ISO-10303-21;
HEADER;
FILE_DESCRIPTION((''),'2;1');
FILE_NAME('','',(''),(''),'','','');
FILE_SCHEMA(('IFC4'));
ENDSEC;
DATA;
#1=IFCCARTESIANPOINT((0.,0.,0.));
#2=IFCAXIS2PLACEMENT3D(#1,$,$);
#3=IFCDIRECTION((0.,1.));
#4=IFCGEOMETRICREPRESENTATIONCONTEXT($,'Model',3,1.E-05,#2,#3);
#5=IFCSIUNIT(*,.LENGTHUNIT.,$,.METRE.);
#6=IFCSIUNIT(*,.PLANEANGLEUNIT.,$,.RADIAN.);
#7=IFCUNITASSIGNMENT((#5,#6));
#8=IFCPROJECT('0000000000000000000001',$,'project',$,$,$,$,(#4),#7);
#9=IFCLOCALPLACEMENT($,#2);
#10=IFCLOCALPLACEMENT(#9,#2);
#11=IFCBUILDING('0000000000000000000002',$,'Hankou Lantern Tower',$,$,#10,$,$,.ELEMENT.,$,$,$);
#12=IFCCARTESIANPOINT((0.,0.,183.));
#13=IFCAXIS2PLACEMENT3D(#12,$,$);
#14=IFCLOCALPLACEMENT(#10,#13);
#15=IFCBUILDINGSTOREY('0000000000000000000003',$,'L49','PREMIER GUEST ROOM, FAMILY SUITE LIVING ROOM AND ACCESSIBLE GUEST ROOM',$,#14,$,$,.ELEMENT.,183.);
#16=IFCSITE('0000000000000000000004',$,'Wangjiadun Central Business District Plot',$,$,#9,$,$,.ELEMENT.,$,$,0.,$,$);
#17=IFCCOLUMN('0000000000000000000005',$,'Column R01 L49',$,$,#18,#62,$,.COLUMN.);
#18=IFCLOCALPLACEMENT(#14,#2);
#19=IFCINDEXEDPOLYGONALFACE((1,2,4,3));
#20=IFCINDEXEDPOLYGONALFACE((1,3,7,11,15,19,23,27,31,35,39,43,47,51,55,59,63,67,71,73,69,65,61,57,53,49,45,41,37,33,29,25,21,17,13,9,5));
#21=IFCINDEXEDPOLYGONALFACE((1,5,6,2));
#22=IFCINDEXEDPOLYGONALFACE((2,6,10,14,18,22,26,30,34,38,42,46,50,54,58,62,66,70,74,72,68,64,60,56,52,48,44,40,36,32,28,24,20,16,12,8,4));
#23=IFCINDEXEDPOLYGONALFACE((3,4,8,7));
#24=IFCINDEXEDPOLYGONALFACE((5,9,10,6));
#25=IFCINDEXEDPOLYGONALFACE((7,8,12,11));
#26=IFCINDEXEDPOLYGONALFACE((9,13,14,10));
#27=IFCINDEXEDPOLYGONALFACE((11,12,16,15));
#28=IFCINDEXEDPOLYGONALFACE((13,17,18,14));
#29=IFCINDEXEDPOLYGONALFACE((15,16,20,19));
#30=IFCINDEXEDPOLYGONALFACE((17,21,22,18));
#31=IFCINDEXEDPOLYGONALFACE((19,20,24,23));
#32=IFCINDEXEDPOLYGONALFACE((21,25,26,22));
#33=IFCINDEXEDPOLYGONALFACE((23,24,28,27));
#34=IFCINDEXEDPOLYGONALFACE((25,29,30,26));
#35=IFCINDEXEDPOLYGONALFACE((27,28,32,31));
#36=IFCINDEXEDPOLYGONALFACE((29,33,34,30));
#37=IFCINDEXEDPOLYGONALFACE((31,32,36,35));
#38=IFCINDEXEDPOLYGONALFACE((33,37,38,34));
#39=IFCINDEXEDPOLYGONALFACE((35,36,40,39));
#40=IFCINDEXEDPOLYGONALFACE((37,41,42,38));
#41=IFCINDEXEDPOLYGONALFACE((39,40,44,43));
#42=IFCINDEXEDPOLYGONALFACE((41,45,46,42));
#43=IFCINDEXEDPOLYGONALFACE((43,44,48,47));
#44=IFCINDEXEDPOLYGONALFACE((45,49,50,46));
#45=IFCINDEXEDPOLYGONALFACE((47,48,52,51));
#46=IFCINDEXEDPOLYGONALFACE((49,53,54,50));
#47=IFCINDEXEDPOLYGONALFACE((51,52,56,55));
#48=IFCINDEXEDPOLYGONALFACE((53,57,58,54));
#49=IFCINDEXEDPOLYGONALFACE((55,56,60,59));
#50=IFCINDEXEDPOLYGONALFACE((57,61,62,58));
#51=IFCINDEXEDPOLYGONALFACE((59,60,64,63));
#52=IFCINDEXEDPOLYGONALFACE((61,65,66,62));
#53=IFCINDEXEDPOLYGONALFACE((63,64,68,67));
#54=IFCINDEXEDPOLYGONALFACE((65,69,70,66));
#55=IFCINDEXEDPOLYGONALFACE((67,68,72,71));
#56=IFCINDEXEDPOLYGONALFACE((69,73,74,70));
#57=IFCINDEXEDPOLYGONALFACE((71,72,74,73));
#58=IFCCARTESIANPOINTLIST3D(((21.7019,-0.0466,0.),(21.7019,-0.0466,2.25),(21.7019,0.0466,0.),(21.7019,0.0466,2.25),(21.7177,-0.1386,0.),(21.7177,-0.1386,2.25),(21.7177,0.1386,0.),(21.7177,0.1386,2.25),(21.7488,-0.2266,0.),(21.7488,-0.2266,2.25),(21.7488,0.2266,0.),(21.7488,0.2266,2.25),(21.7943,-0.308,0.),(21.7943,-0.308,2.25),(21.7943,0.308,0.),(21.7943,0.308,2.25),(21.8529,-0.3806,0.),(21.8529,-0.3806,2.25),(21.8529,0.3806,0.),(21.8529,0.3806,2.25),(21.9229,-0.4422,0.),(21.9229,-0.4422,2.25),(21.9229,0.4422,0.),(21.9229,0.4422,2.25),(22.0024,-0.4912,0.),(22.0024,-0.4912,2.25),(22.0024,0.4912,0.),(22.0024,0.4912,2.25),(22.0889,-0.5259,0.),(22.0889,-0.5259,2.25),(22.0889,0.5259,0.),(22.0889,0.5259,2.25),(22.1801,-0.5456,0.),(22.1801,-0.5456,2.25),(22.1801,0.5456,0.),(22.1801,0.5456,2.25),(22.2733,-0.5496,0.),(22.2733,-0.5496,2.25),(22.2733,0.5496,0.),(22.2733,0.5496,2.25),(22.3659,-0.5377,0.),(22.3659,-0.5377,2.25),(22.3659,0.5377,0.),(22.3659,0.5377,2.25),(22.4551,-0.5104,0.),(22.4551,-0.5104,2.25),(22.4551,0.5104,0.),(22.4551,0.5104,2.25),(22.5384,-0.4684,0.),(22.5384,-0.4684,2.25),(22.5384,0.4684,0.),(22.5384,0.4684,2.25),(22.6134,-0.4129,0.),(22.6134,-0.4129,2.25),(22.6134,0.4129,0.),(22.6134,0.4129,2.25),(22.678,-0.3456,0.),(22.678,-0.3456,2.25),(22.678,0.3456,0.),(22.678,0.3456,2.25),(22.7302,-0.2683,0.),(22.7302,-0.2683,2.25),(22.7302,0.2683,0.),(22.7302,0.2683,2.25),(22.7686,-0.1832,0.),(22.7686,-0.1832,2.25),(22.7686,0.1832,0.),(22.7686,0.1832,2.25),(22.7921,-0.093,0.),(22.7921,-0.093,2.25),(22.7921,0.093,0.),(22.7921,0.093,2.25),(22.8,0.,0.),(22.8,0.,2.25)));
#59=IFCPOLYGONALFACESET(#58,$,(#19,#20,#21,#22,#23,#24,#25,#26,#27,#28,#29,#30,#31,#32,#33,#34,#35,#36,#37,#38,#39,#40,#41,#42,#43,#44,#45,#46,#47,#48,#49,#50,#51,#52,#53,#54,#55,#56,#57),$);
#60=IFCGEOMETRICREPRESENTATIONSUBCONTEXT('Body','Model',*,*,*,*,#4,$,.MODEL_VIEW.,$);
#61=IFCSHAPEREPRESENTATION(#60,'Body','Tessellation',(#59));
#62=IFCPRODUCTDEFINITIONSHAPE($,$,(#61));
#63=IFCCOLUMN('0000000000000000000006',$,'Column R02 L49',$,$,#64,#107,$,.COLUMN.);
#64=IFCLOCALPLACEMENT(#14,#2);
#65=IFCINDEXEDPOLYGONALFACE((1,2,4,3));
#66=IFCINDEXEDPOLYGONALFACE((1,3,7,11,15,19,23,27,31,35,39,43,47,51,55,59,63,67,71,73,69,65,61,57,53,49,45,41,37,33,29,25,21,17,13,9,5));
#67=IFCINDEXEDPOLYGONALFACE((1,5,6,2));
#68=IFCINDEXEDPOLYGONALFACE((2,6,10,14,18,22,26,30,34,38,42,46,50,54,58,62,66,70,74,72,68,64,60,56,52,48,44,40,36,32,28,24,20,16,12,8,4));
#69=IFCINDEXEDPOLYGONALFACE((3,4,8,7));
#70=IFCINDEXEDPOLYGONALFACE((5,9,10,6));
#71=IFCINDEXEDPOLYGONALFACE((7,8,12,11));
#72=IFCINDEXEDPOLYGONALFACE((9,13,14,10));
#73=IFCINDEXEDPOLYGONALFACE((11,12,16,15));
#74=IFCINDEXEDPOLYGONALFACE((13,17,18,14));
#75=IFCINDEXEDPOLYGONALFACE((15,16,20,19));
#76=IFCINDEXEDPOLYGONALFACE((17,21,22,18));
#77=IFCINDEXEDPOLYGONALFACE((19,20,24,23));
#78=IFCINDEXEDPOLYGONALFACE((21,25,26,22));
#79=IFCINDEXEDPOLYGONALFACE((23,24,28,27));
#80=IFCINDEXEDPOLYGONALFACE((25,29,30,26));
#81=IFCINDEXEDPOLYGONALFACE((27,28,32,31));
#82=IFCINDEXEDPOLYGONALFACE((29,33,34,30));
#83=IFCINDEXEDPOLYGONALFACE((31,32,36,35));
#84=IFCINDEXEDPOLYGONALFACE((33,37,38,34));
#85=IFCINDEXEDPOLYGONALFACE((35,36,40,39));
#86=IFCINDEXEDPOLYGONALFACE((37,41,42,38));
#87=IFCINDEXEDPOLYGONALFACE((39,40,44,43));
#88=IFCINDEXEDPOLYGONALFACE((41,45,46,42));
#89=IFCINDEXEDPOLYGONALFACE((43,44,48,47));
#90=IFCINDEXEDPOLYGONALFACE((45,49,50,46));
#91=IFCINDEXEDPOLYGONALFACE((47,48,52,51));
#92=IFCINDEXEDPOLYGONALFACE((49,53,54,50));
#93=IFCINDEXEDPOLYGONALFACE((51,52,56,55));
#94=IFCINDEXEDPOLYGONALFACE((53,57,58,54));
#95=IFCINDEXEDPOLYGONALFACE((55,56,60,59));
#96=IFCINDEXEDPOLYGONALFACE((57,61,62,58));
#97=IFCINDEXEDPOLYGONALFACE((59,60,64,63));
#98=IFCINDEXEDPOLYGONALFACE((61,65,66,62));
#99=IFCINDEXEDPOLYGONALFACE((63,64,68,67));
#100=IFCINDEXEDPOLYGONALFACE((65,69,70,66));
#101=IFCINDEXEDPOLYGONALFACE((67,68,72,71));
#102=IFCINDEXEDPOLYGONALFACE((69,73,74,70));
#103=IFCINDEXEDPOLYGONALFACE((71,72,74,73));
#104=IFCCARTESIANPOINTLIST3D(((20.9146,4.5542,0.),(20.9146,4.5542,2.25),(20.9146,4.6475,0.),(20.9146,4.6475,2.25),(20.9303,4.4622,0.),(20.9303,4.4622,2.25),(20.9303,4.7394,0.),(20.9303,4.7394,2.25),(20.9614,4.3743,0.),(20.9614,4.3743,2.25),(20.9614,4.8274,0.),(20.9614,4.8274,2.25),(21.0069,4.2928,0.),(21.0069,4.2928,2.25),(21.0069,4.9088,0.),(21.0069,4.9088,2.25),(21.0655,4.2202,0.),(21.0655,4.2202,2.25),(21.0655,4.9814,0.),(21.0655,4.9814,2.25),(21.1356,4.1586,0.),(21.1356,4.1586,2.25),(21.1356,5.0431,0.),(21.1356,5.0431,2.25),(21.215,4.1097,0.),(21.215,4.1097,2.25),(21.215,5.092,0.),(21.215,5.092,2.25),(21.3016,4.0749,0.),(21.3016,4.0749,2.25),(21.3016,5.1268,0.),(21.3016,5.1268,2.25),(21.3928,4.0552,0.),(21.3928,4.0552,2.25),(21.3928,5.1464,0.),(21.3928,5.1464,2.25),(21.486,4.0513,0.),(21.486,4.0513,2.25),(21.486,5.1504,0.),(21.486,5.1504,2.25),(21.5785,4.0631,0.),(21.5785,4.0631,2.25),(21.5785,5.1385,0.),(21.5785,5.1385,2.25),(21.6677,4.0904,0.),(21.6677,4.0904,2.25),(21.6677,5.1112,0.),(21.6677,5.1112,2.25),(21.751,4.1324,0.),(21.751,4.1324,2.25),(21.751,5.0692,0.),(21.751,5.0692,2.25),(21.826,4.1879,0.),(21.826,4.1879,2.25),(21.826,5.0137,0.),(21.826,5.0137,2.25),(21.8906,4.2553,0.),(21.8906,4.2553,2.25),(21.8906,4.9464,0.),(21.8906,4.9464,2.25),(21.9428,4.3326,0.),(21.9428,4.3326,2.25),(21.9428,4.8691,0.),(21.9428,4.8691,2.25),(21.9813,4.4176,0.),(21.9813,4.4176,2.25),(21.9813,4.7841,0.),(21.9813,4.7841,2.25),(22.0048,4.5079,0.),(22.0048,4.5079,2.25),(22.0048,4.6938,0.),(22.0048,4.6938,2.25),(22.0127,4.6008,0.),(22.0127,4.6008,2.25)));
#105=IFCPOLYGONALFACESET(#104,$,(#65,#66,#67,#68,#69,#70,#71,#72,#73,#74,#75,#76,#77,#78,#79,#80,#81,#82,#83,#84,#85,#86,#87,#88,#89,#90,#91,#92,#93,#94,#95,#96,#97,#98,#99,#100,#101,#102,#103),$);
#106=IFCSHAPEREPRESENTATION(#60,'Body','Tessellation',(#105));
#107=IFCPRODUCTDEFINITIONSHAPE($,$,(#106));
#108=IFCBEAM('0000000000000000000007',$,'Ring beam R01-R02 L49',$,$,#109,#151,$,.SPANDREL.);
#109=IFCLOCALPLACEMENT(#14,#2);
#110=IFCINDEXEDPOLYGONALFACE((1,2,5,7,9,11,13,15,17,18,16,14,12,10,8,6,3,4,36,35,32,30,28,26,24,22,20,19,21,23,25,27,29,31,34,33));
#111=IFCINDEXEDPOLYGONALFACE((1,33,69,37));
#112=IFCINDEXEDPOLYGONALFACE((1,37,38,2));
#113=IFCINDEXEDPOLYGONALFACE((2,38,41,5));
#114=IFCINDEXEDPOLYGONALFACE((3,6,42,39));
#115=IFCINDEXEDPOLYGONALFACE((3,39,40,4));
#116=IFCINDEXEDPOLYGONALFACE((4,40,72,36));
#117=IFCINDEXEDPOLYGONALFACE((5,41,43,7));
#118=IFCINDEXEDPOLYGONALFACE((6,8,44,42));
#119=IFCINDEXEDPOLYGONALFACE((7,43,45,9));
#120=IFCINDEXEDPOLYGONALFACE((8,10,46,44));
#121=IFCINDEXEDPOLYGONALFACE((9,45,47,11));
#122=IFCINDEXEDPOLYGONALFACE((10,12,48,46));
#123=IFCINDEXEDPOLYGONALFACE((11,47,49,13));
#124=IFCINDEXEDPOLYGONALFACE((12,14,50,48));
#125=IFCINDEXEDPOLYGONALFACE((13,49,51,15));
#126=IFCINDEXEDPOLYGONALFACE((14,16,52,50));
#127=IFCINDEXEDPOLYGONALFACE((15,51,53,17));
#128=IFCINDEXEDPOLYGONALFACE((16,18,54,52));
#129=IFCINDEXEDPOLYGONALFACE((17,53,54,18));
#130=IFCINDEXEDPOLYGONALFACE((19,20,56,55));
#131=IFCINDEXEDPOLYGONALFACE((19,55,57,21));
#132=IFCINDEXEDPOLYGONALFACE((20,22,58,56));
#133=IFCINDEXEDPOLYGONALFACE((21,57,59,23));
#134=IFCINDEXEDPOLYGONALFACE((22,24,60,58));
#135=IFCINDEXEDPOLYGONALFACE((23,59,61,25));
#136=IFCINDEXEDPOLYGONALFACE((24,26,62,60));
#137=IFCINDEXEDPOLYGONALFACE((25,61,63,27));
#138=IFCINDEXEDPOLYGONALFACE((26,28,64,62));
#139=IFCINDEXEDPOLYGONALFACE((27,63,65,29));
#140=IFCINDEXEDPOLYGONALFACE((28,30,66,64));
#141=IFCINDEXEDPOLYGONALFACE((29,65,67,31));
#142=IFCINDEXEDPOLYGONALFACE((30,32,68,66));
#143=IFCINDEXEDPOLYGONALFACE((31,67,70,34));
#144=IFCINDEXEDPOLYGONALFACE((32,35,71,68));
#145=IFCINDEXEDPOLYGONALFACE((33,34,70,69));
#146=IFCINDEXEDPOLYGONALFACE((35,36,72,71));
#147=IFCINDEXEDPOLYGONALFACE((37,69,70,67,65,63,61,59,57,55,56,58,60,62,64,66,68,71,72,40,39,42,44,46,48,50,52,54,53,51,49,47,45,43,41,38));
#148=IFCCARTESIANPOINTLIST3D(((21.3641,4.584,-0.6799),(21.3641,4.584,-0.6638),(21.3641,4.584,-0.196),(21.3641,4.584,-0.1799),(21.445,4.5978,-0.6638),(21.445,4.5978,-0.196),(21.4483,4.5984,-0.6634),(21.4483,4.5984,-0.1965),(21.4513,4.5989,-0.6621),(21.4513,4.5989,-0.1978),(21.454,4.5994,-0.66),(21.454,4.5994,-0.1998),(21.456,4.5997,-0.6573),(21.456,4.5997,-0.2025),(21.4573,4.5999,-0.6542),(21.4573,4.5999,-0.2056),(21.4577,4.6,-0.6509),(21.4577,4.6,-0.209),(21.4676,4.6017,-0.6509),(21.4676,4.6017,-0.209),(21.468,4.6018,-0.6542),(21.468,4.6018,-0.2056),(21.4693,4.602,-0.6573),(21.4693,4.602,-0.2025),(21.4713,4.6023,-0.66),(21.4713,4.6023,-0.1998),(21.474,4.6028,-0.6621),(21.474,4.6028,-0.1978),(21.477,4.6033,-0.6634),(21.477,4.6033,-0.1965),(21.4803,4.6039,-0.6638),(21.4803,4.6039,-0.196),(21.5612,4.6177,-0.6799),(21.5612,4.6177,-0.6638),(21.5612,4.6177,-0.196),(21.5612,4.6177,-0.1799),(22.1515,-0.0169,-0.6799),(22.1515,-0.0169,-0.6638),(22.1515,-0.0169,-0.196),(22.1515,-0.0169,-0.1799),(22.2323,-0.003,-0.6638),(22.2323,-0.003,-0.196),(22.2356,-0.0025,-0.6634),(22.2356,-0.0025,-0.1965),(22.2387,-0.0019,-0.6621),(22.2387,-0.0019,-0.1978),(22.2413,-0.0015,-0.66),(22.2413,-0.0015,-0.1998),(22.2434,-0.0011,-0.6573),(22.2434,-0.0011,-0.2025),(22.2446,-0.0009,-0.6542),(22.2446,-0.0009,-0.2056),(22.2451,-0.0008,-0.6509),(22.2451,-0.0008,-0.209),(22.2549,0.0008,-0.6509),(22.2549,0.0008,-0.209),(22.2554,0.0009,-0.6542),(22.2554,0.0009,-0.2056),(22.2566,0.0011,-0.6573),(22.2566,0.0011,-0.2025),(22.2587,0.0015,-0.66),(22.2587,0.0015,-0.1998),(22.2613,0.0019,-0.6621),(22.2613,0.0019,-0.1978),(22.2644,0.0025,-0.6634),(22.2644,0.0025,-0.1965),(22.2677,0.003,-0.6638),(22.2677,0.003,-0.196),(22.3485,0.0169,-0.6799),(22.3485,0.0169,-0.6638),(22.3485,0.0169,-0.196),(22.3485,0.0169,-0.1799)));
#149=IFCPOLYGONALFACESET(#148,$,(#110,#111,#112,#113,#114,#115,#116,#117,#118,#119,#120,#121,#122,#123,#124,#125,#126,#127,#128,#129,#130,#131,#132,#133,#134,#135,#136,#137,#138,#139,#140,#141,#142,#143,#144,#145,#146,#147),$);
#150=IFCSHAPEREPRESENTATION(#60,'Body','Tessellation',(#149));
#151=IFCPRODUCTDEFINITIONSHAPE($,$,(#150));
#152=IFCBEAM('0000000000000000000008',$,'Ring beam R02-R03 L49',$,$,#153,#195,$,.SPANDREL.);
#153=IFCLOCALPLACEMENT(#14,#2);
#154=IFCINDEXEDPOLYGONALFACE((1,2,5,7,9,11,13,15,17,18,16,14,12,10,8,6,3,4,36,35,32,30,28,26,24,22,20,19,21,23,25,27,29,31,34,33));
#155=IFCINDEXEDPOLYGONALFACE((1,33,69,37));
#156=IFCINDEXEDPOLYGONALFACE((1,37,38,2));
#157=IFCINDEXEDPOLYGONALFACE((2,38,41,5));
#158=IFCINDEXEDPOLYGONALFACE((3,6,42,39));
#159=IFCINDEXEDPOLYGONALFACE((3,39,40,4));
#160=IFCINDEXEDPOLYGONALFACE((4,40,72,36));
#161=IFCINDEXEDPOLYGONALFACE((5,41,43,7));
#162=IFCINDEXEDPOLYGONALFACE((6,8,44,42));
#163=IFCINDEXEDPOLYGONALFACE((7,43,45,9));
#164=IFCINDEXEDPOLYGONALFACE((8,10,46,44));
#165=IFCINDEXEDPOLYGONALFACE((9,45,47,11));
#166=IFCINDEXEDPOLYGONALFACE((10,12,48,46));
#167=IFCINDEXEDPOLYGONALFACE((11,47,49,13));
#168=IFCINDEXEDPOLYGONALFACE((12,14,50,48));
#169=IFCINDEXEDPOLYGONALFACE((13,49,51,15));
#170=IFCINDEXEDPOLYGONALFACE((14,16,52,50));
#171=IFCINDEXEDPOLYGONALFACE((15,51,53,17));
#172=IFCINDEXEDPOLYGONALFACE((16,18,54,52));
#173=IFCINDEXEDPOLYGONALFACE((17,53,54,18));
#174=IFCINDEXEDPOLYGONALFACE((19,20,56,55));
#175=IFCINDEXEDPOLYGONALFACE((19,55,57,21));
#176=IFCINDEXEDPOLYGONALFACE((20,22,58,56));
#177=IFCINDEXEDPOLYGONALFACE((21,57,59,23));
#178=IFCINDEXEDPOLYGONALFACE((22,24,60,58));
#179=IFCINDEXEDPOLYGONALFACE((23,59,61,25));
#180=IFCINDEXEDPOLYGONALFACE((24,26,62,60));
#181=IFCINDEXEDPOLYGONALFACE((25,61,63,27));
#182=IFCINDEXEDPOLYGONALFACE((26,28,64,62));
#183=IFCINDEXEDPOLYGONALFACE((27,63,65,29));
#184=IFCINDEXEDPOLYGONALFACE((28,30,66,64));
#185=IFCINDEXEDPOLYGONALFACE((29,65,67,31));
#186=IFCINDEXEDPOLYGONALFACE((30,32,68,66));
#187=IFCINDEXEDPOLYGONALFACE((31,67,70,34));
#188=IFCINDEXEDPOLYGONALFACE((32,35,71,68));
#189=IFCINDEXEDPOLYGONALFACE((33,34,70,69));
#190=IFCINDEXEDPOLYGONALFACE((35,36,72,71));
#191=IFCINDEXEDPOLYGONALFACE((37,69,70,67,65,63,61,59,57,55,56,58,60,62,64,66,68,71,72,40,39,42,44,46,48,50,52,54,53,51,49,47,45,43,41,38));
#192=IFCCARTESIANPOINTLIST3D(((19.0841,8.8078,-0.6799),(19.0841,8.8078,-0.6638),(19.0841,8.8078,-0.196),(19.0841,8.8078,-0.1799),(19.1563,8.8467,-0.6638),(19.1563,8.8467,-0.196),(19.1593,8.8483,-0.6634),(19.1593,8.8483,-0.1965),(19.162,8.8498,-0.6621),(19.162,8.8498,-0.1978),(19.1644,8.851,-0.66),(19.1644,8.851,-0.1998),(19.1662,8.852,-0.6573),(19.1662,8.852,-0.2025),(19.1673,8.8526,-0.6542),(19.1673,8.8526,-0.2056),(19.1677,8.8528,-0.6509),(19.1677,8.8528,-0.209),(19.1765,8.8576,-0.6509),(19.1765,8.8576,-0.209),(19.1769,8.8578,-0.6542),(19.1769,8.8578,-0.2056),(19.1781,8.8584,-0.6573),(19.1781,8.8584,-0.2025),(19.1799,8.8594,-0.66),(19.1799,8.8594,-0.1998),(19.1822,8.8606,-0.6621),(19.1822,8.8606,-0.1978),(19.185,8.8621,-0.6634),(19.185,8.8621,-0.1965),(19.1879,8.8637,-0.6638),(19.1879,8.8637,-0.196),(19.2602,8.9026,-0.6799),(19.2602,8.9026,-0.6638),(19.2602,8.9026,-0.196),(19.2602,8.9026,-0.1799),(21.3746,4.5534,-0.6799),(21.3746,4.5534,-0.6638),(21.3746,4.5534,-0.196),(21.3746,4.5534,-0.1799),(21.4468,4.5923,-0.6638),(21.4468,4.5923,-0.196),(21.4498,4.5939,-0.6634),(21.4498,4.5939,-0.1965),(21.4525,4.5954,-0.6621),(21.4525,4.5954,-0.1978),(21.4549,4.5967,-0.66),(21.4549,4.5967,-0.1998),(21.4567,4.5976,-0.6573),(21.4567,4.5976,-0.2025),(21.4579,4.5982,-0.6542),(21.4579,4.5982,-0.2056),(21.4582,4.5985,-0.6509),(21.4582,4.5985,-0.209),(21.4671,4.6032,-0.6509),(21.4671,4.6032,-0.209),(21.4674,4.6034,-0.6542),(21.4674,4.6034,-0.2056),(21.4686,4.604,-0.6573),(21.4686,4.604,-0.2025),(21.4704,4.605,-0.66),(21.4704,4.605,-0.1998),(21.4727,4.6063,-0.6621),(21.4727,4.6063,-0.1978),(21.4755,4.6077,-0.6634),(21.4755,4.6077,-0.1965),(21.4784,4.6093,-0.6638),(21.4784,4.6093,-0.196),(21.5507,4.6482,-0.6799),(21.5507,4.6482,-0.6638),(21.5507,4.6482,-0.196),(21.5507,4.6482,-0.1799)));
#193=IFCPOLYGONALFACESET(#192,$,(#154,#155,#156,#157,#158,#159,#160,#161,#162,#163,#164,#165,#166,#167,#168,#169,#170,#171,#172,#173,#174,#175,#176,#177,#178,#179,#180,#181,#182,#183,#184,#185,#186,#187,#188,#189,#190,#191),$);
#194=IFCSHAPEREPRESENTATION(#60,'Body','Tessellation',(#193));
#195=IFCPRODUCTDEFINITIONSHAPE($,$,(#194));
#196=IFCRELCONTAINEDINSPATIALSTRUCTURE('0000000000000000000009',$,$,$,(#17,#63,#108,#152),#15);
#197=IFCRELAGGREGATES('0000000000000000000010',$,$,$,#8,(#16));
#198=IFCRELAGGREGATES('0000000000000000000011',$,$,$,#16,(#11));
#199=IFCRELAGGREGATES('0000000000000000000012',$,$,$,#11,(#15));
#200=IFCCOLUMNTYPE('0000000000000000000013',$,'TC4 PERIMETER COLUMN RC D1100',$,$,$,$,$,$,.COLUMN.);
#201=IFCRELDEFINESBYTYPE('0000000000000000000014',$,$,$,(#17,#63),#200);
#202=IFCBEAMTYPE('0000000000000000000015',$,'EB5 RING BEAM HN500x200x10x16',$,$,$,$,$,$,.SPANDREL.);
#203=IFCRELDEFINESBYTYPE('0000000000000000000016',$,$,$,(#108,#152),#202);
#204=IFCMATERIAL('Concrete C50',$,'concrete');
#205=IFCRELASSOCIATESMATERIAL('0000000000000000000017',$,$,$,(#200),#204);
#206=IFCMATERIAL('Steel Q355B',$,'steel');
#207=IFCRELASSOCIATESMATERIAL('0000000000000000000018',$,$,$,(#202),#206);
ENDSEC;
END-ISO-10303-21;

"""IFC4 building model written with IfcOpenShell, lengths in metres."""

from ifc_helpers import new_model, si_unit, direction, frame, origin, origin_2d, place, context, subcontext, project, spatial, circle, i_section, extrude, clip, halfspace, material, material_profile, profile_set, type_object, element, save


model = new_model("IFC4")

# Units and contexts
model_context = context("Model", 3, precision=1e-05, world=origin(), true_north=direction((0.0, 1.0)))
body_context = subcontext(model_context, "Body", "Model", "MODEL_VIEW")
ifc_project = project(units=[si_unit("LENGTHUNIT", "METRE"), si_unit("PLANEANGLEUNIT", "RADIAN")], contexts=[model_context])

# Site, building, storey
site_placement = place(None, origin())
site = spatial("IfcSite", under=ifc_project, at=site_placement, Name="Wangjiadun Central Business District Plot", CompositionType="ELEMENT", RefElevation=0.0)
building_placement = place(site_placement, origin())
building = spatial("IfcBuilding", under=site, at=building_placement, Name="Hankou Lantern Tower", CompositionType="ELEMENT")
storey_placement = place(building_placement, frame((0.0, 0.0, 183.0)))
storey = spatial("IfcBuildingStorey", under=building, at=storey_placement, Name="L49", Description="PREMIER GUEST ROOM, FAMILY SUITE LIVING ROOM AND ACCESSIBLE GUEST ROOM", CompositionType="ELEMENT", Elevation=183.0)

# Columns
ifc_material_1 = material(Name="Concrete C50", Category="concrete")
ifc_material_profile_1 = material_profile(ifc_material_1, circle(Radius=0.55, at=origin_2d()), Name="RC D1100")
ifc_profile_set_1 = profile_set([ifc_material_profile_1], Name="Concrete C50")
column_type = type_object("IfcColumnType", Name="TC4 PERIMETER COLUMN RC D1100", PredefinedType="COLUMN", material=ifc_profile_set_1)
for number, where, z_axis, x_axis, name in (
    (1, (22.25, 0.0, 0.0), (0.0, 0.0, 1.0), (1.0, 0.0, 0.0), "Column R01 L49"),
    (2, (21.4626, 4.6008, 0.0), (0.0, 0.0, 1.0), (1.0, 0.0, 0.0), "Column R02 L49"),
):
    element("IfcColumn", number, at=place(storey_placement, frame(where, z_axis=z_axis, x_axis=x_axis)), inside=storey, type_object=column_type, Name=name, PredefinedType="COLUMN", context=body_context, shape_type="Clipping", body=[
        clip(extrude(circle(Radius=0.55, at=origin_2d()), origin(), (0.0, 0.0, 1.0), 3.3), halfspace(frame((0.0, 0.0, 2.25), z_axis=(0.0, 0.0, 1.0), x_axis=(1.0, 0.0, 0.0)), False)),
    ])

# Beams
ifc_material_2 = material(Name="Steel Q355B", Category="steel")
ifc_material_profile_2 = material_profile(ifc_material_2, i_section(OverallWidth=0.2, OverallDepth=0.5, WebThickness=0.01, FlangeThickness=0.0161, FilletRadius=0.0129, at=origin_2d()), Name="HN500x200x10x16")
ifc_profile_set_2 = profile_set([ifc_material_profile_2], Name="Steel Q355B")
beam_type_1 = type_object("IfcBeamType", Name="EB5 RING BEAM HN500x200x10x16", PredefinedType="SPANDREL", material=ifc_profile_set_2)
beam_1_placement = place(storey_placement, frame((22.25, 0.0, -0.4299), z_axis=(-0.168681, 0.985671, 0.0), x_axis=(-0.985671, -0.168681, 0.0)))
element("IfcBeam", 3, at=beam_1_placement, inside=storey, type_object=beam_type_1, Name="Ring beam R01-R02 L49", PredefinedType="SPANDREL", context=body_context, shape_type="SweptSolid", body=[
    extrude(i_section(OverallWidth=0.2, OverallDepth=0.5, WebThickness=0.01, FlangeThickness=0.0161, FilletRadius=0.0129, at=origin_2d()), origin(), (0.0, 0.0, 1.0), 4.6677),
])
beam_2_placement = place(storey_placement, frame((21.4626, 4.6008, -0.4299), z_axis=(-0.474052, 0.880497, 0.0), x_axis=(-0.880497, -0.474052, 0.0)))
element("IfcBeam", 4, at=beam_2_placement, inside=storey, type_object=beam_type_1, Name="Ring beam R02-R03 L49", PredefinedType="SPANDREL", context=body_context, shape_type="SweptSolid", body=[
    extrude(i_section(OverallWidth=0.2, OverallDepth=0.5, WebThickness=0.01, FlangeThickness=0.0161, FilletRadius=0.0129, at=origin_2d()), origin(), (0.0, 0.0, 1.0), 4.8318),
])

save(model, "model.ifc")
